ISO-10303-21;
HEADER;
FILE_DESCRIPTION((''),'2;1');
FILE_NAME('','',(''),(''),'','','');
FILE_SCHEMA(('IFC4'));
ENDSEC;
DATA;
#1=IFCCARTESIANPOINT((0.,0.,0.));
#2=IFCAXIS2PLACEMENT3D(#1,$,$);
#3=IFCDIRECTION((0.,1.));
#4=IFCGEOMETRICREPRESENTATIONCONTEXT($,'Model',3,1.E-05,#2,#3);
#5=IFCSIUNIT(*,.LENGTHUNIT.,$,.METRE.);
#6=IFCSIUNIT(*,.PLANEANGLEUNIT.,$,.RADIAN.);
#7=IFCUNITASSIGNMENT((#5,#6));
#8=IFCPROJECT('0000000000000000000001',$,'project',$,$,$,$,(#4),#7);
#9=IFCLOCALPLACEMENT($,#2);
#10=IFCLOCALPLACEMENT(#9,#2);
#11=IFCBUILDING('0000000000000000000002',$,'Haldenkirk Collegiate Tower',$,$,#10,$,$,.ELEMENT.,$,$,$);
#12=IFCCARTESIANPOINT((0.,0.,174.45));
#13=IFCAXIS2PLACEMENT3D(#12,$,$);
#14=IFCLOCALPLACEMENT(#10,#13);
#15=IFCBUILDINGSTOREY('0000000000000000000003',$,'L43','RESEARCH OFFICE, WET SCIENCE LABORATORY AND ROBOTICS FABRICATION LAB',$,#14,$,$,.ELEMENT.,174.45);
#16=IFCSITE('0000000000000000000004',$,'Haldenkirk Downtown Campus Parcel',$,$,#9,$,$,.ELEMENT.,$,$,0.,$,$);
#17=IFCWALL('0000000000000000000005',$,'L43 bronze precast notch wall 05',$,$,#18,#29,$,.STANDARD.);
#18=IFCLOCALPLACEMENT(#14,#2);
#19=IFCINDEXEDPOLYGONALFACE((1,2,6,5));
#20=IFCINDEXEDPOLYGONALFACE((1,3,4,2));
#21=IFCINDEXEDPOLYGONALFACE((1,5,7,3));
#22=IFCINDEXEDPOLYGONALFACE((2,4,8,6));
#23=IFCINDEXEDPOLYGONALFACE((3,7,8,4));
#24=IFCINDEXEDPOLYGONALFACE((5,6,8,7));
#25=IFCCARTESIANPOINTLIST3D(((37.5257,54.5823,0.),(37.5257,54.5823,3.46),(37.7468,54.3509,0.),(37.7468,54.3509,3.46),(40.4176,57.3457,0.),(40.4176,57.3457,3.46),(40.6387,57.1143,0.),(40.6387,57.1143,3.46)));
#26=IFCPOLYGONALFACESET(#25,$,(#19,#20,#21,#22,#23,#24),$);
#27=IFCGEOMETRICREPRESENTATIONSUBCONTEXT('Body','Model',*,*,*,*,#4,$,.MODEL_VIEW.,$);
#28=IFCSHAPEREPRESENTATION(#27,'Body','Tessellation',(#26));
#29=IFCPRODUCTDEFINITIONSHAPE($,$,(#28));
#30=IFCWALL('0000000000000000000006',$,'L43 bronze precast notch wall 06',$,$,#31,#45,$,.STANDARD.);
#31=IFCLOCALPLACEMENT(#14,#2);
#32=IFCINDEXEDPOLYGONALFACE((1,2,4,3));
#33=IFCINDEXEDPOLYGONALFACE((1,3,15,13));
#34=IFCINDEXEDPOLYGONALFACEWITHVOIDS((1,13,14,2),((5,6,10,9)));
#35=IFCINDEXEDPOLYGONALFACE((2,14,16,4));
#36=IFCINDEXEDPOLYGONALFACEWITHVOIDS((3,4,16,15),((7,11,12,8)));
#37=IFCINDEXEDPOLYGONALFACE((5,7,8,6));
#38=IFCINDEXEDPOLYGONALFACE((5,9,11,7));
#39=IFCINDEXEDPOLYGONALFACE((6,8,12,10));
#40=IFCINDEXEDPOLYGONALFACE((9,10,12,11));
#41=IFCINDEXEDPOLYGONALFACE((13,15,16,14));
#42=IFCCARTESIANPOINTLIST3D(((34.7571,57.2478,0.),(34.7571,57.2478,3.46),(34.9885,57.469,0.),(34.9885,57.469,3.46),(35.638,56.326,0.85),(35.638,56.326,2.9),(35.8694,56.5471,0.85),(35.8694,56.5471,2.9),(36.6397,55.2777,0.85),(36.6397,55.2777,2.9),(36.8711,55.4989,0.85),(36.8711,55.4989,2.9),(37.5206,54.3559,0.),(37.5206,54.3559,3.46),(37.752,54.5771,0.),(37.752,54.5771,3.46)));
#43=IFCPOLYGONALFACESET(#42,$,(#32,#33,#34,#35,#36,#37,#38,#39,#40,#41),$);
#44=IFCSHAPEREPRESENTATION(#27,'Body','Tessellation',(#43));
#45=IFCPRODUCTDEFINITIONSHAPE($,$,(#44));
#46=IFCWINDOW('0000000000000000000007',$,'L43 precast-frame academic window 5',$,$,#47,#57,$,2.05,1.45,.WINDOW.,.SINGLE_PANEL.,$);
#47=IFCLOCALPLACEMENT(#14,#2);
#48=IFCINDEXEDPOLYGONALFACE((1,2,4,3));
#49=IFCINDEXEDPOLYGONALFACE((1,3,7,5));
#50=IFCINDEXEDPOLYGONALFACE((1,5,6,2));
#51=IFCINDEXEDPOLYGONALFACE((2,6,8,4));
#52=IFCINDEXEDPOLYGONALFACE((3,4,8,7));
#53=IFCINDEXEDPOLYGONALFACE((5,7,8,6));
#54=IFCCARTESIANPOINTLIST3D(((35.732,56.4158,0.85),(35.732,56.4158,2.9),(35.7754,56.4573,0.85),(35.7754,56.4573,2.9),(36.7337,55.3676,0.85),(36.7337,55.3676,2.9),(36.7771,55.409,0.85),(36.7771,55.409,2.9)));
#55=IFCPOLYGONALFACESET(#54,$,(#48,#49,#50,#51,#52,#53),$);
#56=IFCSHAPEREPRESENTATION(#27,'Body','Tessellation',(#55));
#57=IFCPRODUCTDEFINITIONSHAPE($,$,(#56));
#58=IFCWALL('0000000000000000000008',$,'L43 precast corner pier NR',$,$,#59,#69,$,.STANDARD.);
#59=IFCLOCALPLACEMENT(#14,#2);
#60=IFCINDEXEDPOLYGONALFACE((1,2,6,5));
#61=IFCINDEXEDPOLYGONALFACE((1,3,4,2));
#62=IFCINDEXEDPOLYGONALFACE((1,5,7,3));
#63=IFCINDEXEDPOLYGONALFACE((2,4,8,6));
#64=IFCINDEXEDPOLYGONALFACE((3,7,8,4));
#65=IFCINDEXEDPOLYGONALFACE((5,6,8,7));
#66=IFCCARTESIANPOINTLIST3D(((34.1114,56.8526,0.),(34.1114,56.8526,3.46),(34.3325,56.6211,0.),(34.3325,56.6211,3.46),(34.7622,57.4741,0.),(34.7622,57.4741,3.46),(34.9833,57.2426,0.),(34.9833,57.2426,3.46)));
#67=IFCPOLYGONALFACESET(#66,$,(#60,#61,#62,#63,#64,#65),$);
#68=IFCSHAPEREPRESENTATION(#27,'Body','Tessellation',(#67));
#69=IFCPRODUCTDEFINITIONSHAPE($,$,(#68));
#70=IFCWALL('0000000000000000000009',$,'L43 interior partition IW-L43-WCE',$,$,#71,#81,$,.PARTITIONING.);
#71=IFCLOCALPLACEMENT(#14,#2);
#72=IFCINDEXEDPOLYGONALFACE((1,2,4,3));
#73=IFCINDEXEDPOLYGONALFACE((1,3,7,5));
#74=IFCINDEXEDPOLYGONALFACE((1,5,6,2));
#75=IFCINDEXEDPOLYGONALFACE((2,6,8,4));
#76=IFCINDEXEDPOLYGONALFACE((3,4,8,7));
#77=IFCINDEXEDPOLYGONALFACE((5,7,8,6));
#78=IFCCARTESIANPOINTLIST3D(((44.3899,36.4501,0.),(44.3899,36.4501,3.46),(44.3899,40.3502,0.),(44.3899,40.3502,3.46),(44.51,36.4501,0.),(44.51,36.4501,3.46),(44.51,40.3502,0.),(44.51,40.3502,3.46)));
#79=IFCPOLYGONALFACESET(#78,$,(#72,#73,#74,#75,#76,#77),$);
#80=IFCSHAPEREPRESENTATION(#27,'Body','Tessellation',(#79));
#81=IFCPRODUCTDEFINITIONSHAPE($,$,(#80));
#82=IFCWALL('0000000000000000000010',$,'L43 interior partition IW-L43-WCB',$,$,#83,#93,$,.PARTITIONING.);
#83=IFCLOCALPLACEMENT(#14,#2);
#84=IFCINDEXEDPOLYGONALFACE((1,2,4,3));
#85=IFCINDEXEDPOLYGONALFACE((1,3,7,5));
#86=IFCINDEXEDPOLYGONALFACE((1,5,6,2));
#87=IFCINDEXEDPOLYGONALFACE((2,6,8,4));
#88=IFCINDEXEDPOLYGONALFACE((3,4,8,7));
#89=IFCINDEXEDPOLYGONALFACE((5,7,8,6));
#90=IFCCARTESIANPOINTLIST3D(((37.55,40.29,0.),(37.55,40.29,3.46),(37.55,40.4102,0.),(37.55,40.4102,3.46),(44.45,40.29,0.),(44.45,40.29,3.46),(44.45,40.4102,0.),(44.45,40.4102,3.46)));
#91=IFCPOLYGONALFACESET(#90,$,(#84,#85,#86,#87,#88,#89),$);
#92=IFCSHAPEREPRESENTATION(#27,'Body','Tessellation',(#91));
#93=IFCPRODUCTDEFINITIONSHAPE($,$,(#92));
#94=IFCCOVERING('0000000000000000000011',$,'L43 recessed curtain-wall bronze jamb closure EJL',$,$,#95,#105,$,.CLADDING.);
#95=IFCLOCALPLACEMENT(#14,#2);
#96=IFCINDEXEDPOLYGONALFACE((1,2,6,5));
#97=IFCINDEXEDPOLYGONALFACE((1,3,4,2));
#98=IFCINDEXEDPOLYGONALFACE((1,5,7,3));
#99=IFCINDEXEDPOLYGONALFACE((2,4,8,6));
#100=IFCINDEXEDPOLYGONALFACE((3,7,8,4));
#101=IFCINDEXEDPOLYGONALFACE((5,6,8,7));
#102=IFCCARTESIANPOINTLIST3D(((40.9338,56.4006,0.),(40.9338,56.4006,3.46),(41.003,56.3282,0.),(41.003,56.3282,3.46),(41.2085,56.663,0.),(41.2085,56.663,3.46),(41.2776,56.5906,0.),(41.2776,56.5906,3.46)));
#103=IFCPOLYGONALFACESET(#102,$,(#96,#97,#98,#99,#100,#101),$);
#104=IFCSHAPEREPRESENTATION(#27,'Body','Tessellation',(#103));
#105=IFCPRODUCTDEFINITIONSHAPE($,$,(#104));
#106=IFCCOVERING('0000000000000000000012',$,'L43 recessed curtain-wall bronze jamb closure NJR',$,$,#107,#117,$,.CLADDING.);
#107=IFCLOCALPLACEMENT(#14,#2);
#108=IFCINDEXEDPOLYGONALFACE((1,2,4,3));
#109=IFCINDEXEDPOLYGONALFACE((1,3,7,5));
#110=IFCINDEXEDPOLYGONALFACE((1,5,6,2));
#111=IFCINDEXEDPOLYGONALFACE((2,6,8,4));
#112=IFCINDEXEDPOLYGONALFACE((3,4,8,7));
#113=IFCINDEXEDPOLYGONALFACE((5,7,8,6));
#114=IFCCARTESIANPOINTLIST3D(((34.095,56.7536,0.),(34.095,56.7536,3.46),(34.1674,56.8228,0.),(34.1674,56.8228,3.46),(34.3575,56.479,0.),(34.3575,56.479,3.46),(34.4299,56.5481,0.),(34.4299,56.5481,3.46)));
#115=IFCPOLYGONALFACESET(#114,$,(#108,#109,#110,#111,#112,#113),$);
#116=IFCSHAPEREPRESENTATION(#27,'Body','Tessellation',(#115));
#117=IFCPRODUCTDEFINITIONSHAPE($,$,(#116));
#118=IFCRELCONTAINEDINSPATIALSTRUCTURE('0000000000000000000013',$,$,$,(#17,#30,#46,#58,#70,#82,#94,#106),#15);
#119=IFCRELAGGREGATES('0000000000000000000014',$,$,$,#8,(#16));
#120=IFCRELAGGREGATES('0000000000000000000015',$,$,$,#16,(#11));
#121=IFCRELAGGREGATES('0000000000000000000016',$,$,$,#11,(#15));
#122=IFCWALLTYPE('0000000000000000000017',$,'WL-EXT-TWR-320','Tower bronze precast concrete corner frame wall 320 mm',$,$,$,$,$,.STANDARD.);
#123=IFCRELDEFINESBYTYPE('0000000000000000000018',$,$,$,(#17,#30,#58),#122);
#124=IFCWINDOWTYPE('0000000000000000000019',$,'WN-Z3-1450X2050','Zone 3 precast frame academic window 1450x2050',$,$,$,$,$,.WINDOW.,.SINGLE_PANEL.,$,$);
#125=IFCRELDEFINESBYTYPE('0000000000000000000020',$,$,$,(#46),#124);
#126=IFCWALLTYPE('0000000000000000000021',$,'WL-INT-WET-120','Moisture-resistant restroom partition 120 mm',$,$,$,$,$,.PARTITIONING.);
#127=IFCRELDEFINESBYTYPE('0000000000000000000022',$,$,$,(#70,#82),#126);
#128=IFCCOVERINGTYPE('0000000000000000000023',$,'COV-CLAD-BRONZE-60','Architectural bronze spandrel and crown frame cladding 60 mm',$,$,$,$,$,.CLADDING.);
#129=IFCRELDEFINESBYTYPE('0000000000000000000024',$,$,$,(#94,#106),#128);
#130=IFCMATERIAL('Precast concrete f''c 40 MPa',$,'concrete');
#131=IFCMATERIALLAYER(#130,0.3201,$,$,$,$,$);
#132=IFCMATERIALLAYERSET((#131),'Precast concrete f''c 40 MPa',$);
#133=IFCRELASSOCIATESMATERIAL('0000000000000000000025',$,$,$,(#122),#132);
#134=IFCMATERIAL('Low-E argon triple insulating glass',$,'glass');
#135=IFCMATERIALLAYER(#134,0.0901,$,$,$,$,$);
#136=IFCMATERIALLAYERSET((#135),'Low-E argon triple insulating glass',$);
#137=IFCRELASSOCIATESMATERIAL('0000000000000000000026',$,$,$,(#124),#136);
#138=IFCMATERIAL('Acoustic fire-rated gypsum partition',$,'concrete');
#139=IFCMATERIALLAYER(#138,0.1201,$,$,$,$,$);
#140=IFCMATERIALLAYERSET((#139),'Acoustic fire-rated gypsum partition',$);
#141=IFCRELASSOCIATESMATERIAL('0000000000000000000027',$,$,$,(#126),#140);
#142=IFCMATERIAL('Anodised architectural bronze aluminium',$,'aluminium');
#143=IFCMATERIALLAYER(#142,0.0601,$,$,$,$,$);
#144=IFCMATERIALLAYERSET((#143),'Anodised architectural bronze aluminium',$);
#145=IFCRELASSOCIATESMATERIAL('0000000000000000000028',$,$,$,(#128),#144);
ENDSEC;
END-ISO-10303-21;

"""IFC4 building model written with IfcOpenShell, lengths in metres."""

from ifc_helpers import new_model, si_unit, direction, frame, frame_2d, origin, origin_2d, place, context, subcontext, project, spatial, rectangle, extrude, source, transform, mapped, material, layer, layer_set, type_object, element, fill, save


model = new_model("IFC4")

# Units and contexts
model_context = context("Model", 3, precision=1e-05, world=origin(), true_north=direction((0.0, 1.0)))
body_context = subcontext(model_context, "Body", "Model", "MODEL_VIEW")
ifc_project = project(units=[si_unit("LENGTHUNIT", "METRE"), si_unit("PLANEANGLEUNIT", "RADIAN")], contexts=[model_context])

# Site, building, storey
site_placement = place(None, origin())
site = spatial("IfcSite", under=ifc_project, at=site_placement, Name="Haldenkirk Downtown Campus Parcel", CompositionType="ELEMENT", RefElevation=0.0)
building_placement = place(site_placement, origin())
building = spatial("IfcBuilding", under=site, at=building_placement, Name="Haldenkirk Collegiate Tower", CompositionType="ELEMENT")
storey_placement = place(building_placement, frame((0.0, 0.0, 174.45)))
storey = spatial("IfcBuildingStorey", under=building, at=storey_placement, Name="L43", Description="RESEARCH OFFICE, WET SCIENCE LABORATORY AND ROBOTICS FABRICATION LAB", CompositionType="ELEMENT", Elevation=174.45)

# Shared definitions
ifc_material_1 = material(Name="Anodised architectural bronze aluminium", Category="aluminium")

# Shared definitions
ifc_material_2 = material(Name="Low-E argon triple insulating glass", Category="glass")

# Wall
ifc_material_3 = material(Name="Precast concrete f'c 40 MPa", Category="concrete")
ifc_layer_1 = layer(ifc_material_3, 0.3201)
ifc_layer_set_1 = layer_set([ifc_layer_1], Name="Precast concrete f'c 40 MPa")
wall_type_1 = type_object("IfcWallType", Name="WL-EXT-TWR-320", Description="Tower bronze precast concrete corner frame wall 320 mm", PredefinedType="STANDARD", material=ifc_layer_set_1)
wall_1_placement = place(storey_placement, frame((37.6362, 54.4666, 0.0), z_axis=(0.0, 0.0, 1.0), x_axis=(0.722977, 0.690872, 0.0)))
element("IfcWall", 1, at=wall_1_placement, inside=storey, type_object=wall_type_1, Name="L43 bronze precast notch wall 05", PredefinedType="STANDARD", context=body_context, shape_type="SweptSolid", body=[
    extrude(rectangle(XDim=4.0, YDim=0.3201, at=frame_2d((2.0, 0.0))), origin(), (0.0, 0.0, 1.0), 3.46),
])

# Wall, opening, window
wall_2_placement = place(storey_placement, frame((34.8728, 57.3584, 0.0), z_axis=(0.0, 0.0, 1.0), x_axis=(0.690872, -0.722977, 0.0)))
wall_2 = element("IfcWall", 2, at=wall_2_placement, inside=storey, type_object=wall_type_1, Name="L43 bronze precast notch wall 06", PredefinedType="STANDARD", context=body_context, shape_type="SweptSolid", body=[
    extrude(rectangle(XDim=4.0, YDim=0.3201, at=frame_2d((2.0, 0.0))), origin(), (0.0, 0.0, 1.0), 3.46),
])
opening_placement = place(wall_2_placement, frame((1.2749, 0.0, 0.8501)))
opening = element("IfcOpeningElement", 3, at=opening_placement, cuts=wall_2, PredefinedType="OPENING", context=body_context, shape_type="SweptSolid", body=[
    extrude(rectangle(XDim=1.45, YDim=2.05, at=frame_2d((0.7251, 1.0249))), frame((0.0, 0.1699, 0.0), z_axis=(0.0, -1.0, 0.0), x_axis=(1.0, 0.0, 0.0)), (0.0, 0.0, 1.0), 0.3401),
])
ifc_layer_2 = layer(ifc_material_2, 0.0901)
ifc_layer_set_2 = layer_set([ifc_layer_2], Name="Low-E argon triple insulating glass")
window_type = type_object("IfcWindowType", Name="WN-Z3-1450X2050", Description="Zone 3 precast frame academic window 1450x2050", PartitioningType="SINGLE_PANEL", PredefinedType="WINDOW", material=ifc_layer_set_2)
window_placement = place(opening_placement, origin())
window = element("IfcWindow", 4, at=window_placement, inside=storey, type_object=window_type, Name="L43 precast-frame academic window 5", OverallHeight=2.05, OverallWidth=1.45, PartitioningType="SINGLE_PANEL", PredefinedType="WINDOW", context=body_context, shape_type="SweptSolid", body=[
    extrude(rectangle(XDim=1.45, YDim=2.05, at=frame_2d((0.7251, 1.0249))), frame((0.0, 0.03, 0.0), z_axis=(0.0, -1.0, 0.0), x_axis=(1.0, 0.0, 0.0)), (0.0, 0.0, 1.0), 0.0601),
])
fill(opening, window)

# Walls
wall_3_placement = place(storey_placement, frame((34.2219, 56.7368, 0.0), z_axis=(0.0, 0.0, 1.0), x_axis=(0.723195, 0.690643, 0.0)))
element("IfcWall", 5, at=wall_3_placement, inside=storey, type_object=wall_type_1, Name="L43 precast corner pier NR", PredefinedType="STANDARD", context=body_context, shape_type="SweptSolid", body=[
    extrude(rectangle(XDim=0.8999, YDim=0.3201, at=frame_2d((0.45, 0.0))), origin(), (0.0, 0.0, 1.0), 3.46),
])
ifc_material_4 = material(Name="Acoustic fire-rated gypsum partition", Category="concrete")
ifc_layer_3 = layer(ifc_material_4, 0.1201)
ifc_layer_set_3 = layer_set([ifc_layer_3], Name="Acoustic fire-rated gypsum partition")
wall_type_2 = type_object("IfcWallType", Name="WL-INT-WET-120", Description="Moisture-resistant restroom partition 120 mm", PredefinedType="PARTITIONING", material=ifc_layer_set_3)
wall_4_placement = place(storey_placement, frame((44.45, 36.45, 0.0), z_axis=(0.0, 0.0, 1.0), x_axis=(0.0, 1.0, 0.0)))
element("IfcWall", 6, at=wall_4_placement, inside=storey, type_object=wall_type_2, Name="L43 interior partition IW-L43-WCE", PredefinedType="PARTITIONING", context=body_context, shape_type="SweptSolid", body=[
    extrude(rectangle(XDim=3.9001, YDim=0.1201, at=frame_2d((1.9502, 0.0))), origin(), (0.0, 0.0, 1.0), 3.46),
])
wall_5_placement = place(storey_placement, frame((37.55, 40.3501, 0.0), z_axis=(0.0, 0.0, 1.0), x_axis=(1.0, 0.0, 0.0)))
element("IfcWall", 7, at=wall_5_placement, inside=storey, type_object=wall_type_2, Name="L43 interior partition IW-L43-WCB", PredefinedType="PARTITIONING", context=body_context, shape_type="SweptSolid", body=[
    extrude(rectangle(XDim=6.8999, YDim=0.1201, at=frame_2d((3.45, 0.0))), origin(), (0.0, 0.0, 1.0), 3.46),
])

# Coverings
ifc_layer_4 = layer(ifc_material_1, 0.0601)
ifc_layer_set_4 = layer_set([ifc_layer_4], Name="Anodised architectural bronze aluminium")
covering_type = type_object("IfcCoveringType", Name="COV-CLAD-BRONZE-60", Description="Architectural bronze spandrel and crown frame cladding 60 mm", PredefinedType="CLADDING", material=ifc_layer_set_4)
shared_shape_1 = source(origin(), body_context, "Body", "SweptSolid", [
    extrude(rectangle(XDim=0.1001, YDim=0.3799, at=origin_2d()), origin(), (0.0, 0.0, 1.0), 3.46),
])
for number, where, z_axis, x_axis, name in (
    (8, (41.1057, 56.4956, 0.0), (0.0, 0.0, 1.0), (0.690882, -0.722967, 0.0), "L43 recessed curtain-wall bronze jamb closure EJL"),
    (9, (34.2625, 56.6509, 0.0), (0.0, 0.0, 1.0), (0.722967, 0.690882, 0.0), "L43 recessed curtain-wall bronze jamb closure NJR"),
):
    element("IfcCovering", number, at=place(storey_placement, frame(where, z_axis=z_axis, x_axis=x_axis)), inside=storey, type_object=covering_type, Name=name, PredefinedType="CLADDING", context=body_context, shape_type="MappedRepresentation", body=[
        mapped(shared_shape_1, transform((0.0, 0.0, 0.0), x_axis=(1.0, 0.0, 0.0), y_axis=(0.0, 1.0, 0.0), z_axis=(0.0, 0.0, 1.0), scale=1.0)),
    ])

save(model, "model.ifc")
